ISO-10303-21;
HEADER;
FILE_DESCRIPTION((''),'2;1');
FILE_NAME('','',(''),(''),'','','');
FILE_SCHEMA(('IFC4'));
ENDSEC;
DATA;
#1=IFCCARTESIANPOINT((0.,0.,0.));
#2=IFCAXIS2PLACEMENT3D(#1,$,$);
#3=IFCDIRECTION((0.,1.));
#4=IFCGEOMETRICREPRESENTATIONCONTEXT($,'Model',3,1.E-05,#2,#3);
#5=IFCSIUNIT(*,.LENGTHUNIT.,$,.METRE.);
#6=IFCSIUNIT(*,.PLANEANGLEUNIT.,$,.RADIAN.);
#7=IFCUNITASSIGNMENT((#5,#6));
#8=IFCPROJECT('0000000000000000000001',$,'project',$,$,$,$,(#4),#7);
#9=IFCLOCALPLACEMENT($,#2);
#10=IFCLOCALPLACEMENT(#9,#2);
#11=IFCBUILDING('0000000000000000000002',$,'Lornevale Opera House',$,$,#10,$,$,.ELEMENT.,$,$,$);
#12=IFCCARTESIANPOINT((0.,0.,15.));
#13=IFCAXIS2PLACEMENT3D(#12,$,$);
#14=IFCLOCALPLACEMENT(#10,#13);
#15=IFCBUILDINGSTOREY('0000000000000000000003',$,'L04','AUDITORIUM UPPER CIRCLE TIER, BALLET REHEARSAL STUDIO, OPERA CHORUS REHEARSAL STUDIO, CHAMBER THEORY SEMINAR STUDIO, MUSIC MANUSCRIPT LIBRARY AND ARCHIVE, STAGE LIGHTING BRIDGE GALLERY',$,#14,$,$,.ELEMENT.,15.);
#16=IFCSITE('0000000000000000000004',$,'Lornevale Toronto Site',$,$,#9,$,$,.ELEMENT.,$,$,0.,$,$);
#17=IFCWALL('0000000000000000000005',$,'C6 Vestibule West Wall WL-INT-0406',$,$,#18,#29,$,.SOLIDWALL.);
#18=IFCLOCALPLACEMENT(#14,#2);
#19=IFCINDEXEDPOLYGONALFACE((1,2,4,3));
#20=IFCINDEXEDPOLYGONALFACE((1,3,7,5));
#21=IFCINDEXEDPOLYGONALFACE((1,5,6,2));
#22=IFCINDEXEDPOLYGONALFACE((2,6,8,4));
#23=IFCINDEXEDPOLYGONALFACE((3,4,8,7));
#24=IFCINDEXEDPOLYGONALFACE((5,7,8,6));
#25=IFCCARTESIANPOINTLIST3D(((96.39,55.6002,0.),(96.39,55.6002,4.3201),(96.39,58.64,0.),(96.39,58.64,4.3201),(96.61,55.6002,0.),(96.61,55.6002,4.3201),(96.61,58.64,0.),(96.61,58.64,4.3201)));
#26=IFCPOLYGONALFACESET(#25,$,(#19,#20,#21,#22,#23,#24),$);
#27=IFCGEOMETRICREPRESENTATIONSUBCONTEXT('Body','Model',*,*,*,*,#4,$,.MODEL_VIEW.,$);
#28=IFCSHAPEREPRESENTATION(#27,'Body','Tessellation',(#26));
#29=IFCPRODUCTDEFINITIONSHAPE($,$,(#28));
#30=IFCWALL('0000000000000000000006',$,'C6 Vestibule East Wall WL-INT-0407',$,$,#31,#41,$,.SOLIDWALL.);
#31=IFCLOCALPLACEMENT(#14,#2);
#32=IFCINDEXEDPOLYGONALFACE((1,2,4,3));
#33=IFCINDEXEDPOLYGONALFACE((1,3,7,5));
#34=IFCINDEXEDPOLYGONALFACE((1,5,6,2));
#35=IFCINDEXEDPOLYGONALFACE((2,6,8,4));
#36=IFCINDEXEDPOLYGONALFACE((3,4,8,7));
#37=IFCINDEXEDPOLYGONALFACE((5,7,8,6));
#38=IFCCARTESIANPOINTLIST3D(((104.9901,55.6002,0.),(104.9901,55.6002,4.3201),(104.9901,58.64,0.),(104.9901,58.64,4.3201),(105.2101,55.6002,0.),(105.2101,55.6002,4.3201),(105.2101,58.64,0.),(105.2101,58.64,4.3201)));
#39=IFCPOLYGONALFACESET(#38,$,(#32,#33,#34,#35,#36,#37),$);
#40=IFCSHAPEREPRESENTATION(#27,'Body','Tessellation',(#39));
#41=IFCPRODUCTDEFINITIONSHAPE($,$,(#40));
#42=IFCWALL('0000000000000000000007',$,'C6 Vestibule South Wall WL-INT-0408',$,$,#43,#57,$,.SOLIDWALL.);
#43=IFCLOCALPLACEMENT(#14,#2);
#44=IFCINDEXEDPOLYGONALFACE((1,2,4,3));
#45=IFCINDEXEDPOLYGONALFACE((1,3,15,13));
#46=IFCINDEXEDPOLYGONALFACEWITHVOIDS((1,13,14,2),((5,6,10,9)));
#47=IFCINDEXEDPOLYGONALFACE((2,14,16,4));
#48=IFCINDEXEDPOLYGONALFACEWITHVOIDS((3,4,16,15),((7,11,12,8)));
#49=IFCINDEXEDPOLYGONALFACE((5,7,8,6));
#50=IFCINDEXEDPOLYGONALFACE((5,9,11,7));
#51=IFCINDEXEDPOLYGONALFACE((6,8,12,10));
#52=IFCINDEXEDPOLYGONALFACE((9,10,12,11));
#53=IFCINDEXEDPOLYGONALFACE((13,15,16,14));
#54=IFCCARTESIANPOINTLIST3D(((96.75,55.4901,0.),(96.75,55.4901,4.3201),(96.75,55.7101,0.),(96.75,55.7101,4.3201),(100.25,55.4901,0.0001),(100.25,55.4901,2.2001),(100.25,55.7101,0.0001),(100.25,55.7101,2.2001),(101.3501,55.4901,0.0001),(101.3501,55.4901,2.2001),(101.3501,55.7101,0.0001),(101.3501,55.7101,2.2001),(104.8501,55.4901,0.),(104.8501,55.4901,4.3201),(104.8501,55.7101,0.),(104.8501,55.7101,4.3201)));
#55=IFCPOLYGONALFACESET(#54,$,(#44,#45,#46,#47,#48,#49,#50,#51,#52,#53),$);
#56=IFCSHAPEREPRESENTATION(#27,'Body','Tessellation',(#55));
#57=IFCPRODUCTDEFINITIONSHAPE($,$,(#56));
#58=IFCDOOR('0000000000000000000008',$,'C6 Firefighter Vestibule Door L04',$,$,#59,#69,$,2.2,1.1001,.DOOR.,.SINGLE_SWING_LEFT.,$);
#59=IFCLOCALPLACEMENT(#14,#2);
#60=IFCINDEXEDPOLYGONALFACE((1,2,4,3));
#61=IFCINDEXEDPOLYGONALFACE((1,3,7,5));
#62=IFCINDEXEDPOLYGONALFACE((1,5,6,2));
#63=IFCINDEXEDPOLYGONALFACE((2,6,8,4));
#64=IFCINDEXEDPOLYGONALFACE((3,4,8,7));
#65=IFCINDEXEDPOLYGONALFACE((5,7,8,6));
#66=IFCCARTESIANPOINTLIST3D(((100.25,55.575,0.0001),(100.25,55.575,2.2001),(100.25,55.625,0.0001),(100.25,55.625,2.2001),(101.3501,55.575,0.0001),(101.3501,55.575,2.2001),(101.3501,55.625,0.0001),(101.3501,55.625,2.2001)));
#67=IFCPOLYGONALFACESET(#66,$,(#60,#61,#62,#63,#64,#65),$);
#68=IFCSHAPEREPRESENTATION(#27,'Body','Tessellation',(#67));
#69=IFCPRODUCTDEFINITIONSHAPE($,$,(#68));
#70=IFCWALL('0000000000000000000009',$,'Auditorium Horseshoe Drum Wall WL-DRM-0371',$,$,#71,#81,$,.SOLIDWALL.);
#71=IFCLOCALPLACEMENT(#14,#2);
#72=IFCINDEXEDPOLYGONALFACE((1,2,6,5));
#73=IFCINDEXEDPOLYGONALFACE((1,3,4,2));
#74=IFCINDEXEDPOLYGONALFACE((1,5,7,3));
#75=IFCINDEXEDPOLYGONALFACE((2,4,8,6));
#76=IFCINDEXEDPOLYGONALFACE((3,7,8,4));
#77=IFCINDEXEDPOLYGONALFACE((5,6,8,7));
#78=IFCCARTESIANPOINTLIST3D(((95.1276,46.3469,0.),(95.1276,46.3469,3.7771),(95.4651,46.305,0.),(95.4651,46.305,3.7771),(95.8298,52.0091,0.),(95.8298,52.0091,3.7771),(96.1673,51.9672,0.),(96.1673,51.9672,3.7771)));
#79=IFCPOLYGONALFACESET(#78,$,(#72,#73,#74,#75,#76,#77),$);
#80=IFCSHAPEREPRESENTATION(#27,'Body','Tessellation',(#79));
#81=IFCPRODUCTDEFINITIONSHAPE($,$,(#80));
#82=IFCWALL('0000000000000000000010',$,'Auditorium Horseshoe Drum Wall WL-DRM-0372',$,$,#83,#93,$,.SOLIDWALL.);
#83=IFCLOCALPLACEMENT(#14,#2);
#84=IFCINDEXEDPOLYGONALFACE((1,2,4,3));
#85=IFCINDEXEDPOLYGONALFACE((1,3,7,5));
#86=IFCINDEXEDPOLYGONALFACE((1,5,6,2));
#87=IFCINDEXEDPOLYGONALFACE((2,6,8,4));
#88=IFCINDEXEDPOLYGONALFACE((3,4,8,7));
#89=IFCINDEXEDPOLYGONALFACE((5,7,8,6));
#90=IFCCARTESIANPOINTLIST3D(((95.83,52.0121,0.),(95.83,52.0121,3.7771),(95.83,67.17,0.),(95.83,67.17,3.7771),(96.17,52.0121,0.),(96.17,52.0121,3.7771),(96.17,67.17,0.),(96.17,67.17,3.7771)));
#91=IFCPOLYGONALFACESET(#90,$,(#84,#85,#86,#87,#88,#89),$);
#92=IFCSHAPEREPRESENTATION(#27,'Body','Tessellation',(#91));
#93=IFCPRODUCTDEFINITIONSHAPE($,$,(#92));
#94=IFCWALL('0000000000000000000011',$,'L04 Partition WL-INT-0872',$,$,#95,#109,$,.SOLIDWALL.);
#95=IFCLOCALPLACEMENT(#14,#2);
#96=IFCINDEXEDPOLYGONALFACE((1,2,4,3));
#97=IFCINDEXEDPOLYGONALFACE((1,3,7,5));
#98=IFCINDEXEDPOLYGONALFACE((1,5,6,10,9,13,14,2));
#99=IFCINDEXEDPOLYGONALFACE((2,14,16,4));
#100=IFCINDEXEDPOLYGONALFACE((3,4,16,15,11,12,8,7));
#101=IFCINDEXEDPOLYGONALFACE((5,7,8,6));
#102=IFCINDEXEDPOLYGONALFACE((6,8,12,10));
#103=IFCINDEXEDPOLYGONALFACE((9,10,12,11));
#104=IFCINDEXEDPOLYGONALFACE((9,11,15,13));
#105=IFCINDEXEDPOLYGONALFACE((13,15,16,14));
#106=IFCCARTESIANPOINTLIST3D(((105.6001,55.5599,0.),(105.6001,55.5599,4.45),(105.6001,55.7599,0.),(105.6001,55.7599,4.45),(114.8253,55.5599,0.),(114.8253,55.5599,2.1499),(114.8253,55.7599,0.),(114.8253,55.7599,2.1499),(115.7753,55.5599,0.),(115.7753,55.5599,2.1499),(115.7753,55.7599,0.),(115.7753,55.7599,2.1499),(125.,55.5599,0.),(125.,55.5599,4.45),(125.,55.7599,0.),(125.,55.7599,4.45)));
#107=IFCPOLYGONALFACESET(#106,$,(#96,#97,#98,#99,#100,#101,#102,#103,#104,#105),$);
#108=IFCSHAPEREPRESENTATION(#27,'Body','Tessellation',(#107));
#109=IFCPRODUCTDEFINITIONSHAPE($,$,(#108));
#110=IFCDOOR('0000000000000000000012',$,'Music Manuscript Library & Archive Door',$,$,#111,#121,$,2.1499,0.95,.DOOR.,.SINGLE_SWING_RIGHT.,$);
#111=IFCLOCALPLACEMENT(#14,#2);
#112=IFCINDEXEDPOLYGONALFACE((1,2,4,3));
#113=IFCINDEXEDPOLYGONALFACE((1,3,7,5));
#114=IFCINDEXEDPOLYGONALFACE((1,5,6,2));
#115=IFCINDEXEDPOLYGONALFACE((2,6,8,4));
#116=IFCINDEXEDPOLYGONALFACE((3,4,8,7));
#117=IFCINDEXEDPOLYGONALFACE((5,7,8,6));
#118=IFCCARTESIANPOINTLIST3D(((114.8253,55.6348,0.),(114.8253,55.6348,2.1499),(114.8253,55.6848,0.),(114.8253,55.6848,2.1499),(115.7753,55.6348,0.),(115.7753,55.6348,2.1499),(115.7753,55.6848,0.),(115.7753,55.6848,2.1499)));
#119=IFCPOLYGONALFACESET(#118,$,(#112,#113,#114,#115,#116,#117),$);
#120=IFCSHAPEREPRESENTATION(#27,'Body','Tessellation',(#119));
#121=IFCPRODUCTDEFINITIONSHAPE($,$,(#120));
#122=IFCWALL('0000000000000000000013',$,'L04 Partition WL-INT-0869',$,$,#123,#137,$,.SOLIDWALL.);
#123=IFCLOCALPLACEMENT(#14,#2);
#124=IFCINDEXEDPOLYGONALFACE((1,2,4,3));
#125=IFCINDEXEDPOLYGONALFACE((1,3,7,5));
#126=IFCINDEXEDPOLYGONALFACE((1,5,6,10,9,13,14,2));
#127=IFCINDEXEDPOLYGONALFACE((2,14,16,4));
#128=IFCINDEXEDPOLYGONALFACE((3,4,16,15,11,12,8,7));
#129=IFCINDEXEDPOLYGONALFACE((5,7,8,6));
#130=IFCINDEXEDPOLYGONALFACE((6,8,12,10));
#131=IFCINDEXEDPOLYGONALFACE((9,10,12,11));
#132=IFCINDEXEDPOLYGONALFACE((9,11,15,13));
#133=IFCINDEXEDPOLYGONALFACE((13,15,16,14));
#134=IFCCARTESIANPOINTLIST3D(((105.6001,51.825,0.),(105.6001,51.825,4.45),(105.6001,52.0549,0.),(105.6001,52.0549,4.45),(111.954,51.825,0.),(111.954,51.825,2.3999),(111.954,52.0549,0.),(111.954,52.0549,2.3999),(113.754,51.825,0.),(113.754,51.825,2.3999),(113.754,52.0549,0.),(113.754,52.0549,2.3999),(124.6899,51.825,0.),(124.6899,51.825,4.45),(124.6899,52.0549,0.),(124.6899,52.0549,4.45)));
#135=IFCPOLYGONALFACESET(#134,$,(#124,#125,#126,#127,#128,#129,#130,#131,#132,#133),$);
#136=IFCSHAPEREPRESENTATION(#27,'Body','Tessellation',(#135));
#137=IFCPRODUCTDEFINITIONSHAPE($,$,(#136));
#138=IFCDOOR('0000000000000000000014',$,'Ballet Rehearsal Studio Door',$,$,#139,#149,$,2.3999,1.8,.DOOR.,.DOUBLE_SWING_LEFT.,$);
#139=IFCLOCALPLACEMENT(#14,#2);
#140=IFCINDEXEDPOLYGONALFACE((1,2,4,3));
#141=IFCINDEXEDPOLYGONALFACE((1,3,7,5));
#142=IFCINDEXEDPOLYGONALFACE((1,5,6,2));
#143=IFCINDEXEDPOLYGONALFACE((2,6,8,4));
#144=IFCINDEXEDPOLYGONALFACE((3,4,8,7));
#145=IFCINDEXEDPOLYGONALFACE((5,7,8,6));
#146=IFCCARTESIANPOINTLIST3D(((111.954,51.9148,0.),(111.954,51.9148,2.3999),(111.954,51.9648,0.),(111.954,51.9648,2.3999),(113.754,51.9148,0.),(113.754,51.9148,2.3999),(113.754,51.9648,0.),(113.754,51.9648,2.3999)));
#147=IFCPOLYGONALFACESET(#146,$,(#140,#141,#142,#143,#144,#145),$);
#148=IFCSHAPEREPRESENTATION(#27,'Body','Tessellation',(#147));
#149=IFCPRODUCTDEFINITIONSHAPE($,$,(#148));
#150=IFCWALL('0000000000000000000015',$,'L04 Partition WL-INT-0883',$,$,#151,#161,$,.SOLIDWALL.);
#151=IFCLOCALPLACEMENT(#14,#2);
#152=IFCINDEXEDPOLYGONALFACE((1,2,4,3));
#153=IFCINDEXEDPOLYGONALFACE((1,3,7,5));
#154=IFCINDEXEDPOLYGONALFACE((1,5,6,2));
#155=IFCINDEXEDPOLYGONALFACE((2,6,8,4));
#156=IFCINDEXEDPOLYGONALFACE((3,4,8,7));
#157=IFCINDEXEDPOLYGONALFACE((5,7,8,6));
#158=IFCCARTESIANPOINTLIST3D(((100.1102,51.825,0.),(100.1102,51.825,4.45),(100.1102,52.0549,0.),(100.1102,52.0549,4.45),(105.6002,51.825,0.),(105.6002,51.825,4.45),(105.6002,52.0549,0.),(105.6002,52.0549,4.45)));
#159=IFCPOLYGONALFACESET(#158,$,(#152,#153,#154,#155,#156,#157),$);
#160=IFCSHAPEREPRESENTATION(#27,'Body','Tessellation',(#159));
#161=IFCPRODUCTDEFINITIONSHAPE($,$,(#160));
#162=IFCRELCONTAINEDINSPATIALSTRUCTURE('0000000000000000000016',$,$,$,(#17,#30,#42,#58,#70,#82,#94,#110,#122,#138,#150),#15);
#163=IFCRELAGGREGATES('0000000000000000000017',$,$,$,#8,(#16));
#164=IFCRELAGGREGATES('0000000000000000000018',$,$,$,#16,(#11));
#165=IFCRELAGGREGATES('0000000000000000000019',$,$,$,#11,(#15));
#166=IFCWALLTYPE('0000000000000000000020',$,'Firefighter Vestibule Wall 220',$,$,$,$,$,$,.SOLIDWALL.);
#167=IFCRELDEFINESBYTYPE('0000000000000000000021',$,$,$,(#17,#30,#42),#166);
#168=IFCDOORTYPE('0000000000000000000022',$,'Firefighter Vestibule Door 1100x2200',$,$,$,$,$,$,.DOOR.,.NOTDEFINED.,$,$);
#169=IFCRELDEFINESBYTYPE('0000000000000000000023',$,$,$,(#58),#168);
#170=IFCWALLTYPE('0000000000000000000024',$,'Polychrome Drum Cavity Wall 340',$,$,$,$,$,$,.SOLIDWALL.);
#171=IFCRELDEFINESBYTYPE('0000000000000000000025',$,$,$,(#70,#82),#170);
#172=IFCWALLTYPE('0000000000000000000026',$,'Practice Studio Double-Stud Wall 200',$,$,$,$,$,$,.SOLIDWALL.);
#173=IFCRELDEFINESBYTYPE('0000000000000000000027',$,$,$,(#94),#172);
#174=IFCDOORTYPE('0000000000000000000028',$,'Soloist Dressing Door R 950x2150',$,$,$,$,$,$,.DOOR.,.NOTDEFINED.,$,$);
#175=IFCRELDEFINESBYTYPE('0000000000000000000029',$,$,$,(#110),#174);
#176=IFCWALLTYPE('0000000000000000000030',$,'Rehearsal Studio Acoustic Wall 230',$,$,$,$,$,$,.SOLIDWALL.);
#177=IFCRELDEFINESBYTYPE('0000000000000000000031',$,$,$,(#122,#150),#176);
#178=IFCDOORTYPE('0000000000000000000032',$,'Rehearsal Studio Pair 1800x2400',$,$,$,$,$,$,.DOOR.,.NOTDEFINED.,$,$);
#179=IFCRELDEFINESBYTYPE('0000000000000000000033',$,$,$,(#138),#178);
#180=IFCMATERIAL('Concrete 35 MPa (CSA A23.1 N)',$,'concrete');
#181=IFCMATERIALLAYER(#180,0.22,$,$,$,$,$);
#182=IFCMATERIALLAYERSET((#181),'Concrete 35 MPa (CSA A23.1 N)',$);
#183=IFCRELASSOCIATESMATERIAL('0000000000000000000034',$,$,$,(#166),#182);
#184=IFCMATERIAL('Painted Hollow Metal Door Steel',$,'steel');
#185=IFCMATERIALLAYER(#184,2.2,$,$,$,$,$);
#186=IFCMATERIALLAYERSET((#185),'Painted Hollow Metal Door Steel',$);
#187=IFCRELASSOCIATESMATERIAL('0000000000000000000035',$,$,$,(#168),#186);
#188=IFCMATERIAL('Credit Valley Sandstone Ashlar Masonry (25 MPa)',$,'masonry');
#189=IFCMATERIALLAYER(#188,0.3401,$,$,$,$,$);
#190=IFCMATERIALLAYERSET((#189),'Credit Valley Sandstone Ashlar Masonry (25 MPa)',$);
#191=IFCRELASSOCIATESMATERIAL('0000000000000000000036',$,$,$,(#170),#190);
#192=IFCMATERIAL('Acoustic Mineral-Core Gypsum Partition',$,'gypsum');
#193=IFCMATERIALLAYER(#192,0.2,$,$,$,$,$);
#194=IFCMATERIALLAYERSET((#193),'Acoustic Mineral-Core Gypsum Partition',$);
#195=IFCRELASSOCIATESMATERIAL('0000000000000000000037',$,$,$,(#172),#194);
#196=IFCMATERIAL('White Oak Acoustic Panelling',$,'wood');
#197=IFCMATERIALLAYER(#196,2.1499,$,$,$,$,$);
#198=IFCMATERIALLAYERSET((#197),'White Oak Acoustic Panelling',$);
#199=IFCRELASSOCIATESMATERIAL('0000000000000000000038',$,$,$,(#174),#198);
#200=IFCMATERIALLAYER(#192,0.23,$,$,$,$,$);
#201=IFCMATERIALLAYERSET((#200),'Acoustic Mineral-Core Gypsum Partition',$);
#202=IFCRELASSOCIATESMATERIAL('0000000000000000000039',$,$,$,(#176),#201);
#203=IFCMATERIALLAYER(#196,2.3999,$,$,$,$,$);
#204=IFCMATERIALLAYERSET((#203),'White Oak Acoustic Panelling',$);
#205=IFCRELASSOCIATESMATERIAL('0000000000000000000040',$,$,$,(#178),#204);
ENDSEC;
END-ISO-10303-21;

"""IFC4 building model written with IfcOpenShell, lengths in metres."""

from ifc_helpers import new_model, si_unit, direction, frame, frame_2d, origin, place, context, subcontext, project, spatial, rectangle, extrude, material, layer, layer_set, type_object, element, fill, save


model = new_model("IFC4")

# Units and contexts
model_context = context("Model", 3, precision=1e-05, world=origin(), true_north=direction((0.0, 1.0)))
body_context = subcontext(model_context, "Body", "Model", "MODEL_VIEW")
ifc_project = project(units=[si_unit("LENGTHUNIT", "METRE"), si_unit("PLANEANGLEUNIT", "RADIAN")], contexts=[model_context])

# Site, building, storey
site_placement = place(None, origin())
site = spatial("IfcSite", under=ifc_project, at=site_placement, Name="Lornevale Toronto Site", CompositionType="ELEMENT", RefElevation=0.0)
building_placement = place(site_placement, origin())
building = spatial("IfcBuilding", under=site, at=building_placement, Name="Lornevale Opera House", CompositionType="ELEMENT")
storey_placement = place(building_placement, frame((0.0, 0.0, 15.0)))
storey = spatial("IfcBuildingStorey", under=building, at=storey_placement, Name="L04", Description="AUDITORIUM UPPER CIRCLE TIER, BALLET REHEARSAL STUDIO, OPERA CHORUS REHEARSAL STUDIO, CHAMBER THEORY SEMINAR STUDIO, MUSIC MANUSCRIPT LIBRARY AND ARCHIVE, STAGE LIGHTING BRIDGE GALLERY", CompositionType="ELEMENT", Elevation=15.0)

# Walls
ifc_material_1 = material(Name="Concrete 35 MPa (CSA A23.1 N)", Category="concrete")
ifc_layer_1 = layer(ifc_material_1, 0.22)
ifc_layer_set_1 = layer_set([ifc_layer_1], Name="Concrete 35 MPa (CSA A23.1 N)")
wall_type_1 = type_object("IfcWallType", Name="Firefighter Vestibule Wall 220", PredefinedType="SOLIDWALL", material=ifc_layer_set_1)
for number, where, z_axis, x_axis, name in (
    (1, (96.5, 55.6001, 0.0), (0.0, 0.0, 1.0), (0.0, 1.0, 0.0), "C6 Vestibule West Wall WL-INT-0406"),
    (2, (105.1001, 55.6001, 0.0), (0.0, 0.0, 1.0), (0.0, 1.0, 0.0), "C6 Vestibule East Wall WL-INT-0407"),
):
    element("IfcWall", number, at=place(storey_placement, frame(where, z_axis=z_axis, x_axis=x_axis)), inside=storey, type_object=wall_type_1, Name=name, PredefinedType="SOLIDWALL", context=body_context, shape_type="SweptSolid", body=[
        extrude(rectangle(XDim=3.0398, YDim=0.22, at=frame_2d((1.52, 0.0))), origin(), (0.0, 0.0, 1.0), 4.3201),
    ])

# Wall, opening, door
wall_1_placement = place(storey_placement, frame((96.75, 55.6001, 0.0), z_axis=(0.0, 0.0, 1.0), x_axis=(1.0, 0.0, 0.0)))
wall_1 = element("IfcWall", 3, at=wall_1_placement, inside=storey, type_object=wall_type_1, Name="C6 Vestibule South Wall WL-INT-0408", PredefinedType="SOLIDWALL", context=body_context, shape_type="SweptSolid", body=[
    extrude(rectangle(XDim=8.1001, YDim=0.22, at=frame_2d((4.05, 0.0))), origin(), (0.0, 0.0, 1.0), 4.3201),
])
opening_1_placement = place(wall_1_placement, frame((3.5, 0.0, 0.0)))
opening_1 = element("IfcOpeningElement", 4, at=opening_1_placement, cuts=wall_1, PredefinedType="OPENING", context=body_context, shape_type="SweptSolid", body=[
    extrude(rectangle(XDim=1.1001, YDim=2.2, at=frame_2d((0.55, 1.1001))), frame((0.0, 0.1199, 0.0), z_axis=(0.0, -1.0, 0.0), x_axis=(1.0, 0.0, 0.0)), (0.0, 0.0, 1.0), 0.24),
])
ifc_material_2 = material(Name="Painted Hollow Metal Door Steel", Category="steel")
ifc_layer_2 = layer(ifc_material_2, 2.2)
ifc_layer_set_2 = layer_set([ifc_layer_2], Name="Painted Hollow Metal Door Steel")
door_type_1 = type_object("IfcDoorType", Name="Firefighter Vestibule Door 1100x2200", OperationType="NOTDEFINED", PredefinedType="DOOR", material=ifc_layer_set_2)
door_1_placement = place(opening_1_placement, origin())
door_1 = element("IfcDoor", 5, at=door_1_placement, inside=storey, type_object=door_type_1, Name="C6 Firefighter Vestibule Door L04", OperationType="SINGLE_SWING_LEFT", OverallHeight=2.2, OverallWidth=1.1001, PredefinedType="DOOR", context=body_context, shape_type="SweptSolid", body=[
    extrude(rectangle(XDim=1.1001, YDim=2.2, at=frame_2d((0.55, 1.1001))), frame((0.0, 0.0249, 0.0), z_axis=(0.0, -1.0, 0.0), x_axis=(1.0, 0.0, 0.0)), (0.0, 0.0, 1.0), 0.05),
])
fill(opening_1, door_1)

# Walls
ifc_material_3 = material(Name="Credit Valley Sandstone Ashlar Masonry (25 MPa)", Category="masonry")
ifc_layer_3 = layer(ifc_material_3, 0.3401)
ifc_layer_set_3 = layer_set([ifc_layer_3], Name="Credit Valley Sandstone Ashlar Masonry (25 MPa)")
wall_type_2 = type_object("IfcWallType", Name="Polychrome Drum Cavity Wall 340", PredefinedType="SOLIDWALL", material=ifc_layer_set_3)
wall_2_placement = place(storey_placement, frame((95.2964, 46.3259, 0.0), z_axis=(0.0, 0.0, 1.0), x_axis=(0.123066, 0.992399, 0.0)))
element("IfcWall", 6, at=wall_2_placement, inside=storey, type_object=wall_type_2, Name="Auditorium Horseshoe Drum Wall WL-DRM-0371", PredefinedType="SOLIDWALL", context=body_context, shape_type="SweptSolid", body=[
    extrude(rectangle(XDim=5.7056, YDim=0.3401, at=frame_2d((2.8528, 0.0))), origin(), (0.0, 0.0, 1.0), 3.7771),
])
wall_3_placement = place(storey_placement, frame((96.0, 52.012, 0.0), z_axis=(0.0, 0.0, 1.0), x_axis=(0.0, 1.0, 0.0)))
element("IfcWall", 7, at=wall_3_placement, inside=storey, type_object=wall_type_2, Name="Auditorium Horseshoe Drum Wall WL-DRM-0372", PredefinedType="SOLIDWALL", context=body_context, shape_type="SweptSolid", body=[
    extrude(rectangle(XDim=15.158, YDim=0.3401, at=frame_2d((7.5791, 0.0))), origin(), (0.0, 0.0, 1.0), 3.7771),
])

# Walls, openings, doors
ifc_material_4 = material(Name="Acoustic Mineral-Core Gypsum Partition", Category="gypsum")
ifc_layer_4 = layer(ifc_material_4, 0.2)
ifc_layer_set_4 = layer_set([ifc_layer_4], Name="Acoustic Mineral-Core Gypsum Partition")
wall_type_3 = type_object("IfcWallType", Name="Practice Studio Double-Stud Wall 200", PredefinedType="SOLIDWALL", material=ifc_layer_set_4)
wall_4_placement = place(storey_placement, frame((105.6001, 55.6599, 0.0), z_axis=(0.0, 0.0, 1.0), x_axis=(1.0, 0.0, 0.0)))
wall_4 = element("IfcWall", 8, at=wall_4_placement, inside=storey, type_object=wall_type_3, Name="L04 Partition WL-INT-0872", PredefinedType="SOLIDWALL", context=body_context, shape_type="SweptSolid", body=[
    extrude(rectangle(XDim=19.3999, YDim=0.2, at=frame_2d((9.7, 0.0))), origin(), (0.0, 0.0, 1.0), 4.45),
])
opening_2_placement = place(wall_4_placement, frame((9.2251, 0.0, 0.0)))
opening_2 = element("IfcOpeningElement", 9, at=opening_2_placement, cuts=wall_4, PredefinedType="OPENING", context=body_context, shape_type="SweptSolid", body=[
    extrude(rectangle(XDim=0.95, YDim=2.1499, at=frame_2d((0.4751, 1.075))), frame((0.0, 0.1099, 0.0), z_axis=(0.0, -1.0, 0.0), x_axis=(1.0, 0.0, 0.0)), (0.0, 0.0, 1.0), 0.22),
])
ifc_material_5 = material(Name="White Oak Acoustic Panelling", Category="wood")
ifc_layer_5 = layer(ifc_material_5, 2.1499)
ifc_layer_set_5 = layer_set([ifc_layer_5], Name="White Oak Acoustic Panelling")
door_type_2 = type_object("IfcDoorType", Name="Soloist Dressing Door R 950x2150", OperationType="NOTDEFINED", PredefinedType="DOOR", material=ifc_layer_set_5)
door_2_placement = place(opening_2_placement, origin())
door_2 = element("IfcDoor", 10, at=door_2_placement, inside=storey, type_object=door_type_2, Name="Music Manuscript Library & Archive Door", OperationType="SINGLE_SWING_RIGHT", OverallHeight=2.1499, OverallWidth=0.95, PredefinedType="DOOR", context=body_context, shape_type="SweptSolid", body=[
    extrude(rectangle(XDim=0.95, YDim=2.1499, at=frame_2d((0.4751, 1.075))), frame((0.0, 0.0249, 0.0), z_axis=(0.0, -1.0, 0.0), x_axis=(1.0, 0.0, 0.0)), (0.0, 0.0, 1.0), 0.05),
])
fill(opening_2, door_2)
ifc_layer_6 = layer(ifc_material_4, 0.23)
ifc_layer_set_6 = layer_set([ifc_layer_6], Name="Acoustic Mineral-Core Gypsum Partition")
wall_type_4 = type_object("IfcWallType", Name="Rehearsal Studio Acoustic Wall 230", PredefinedType="SOLIDWALL", material=ifc_layer_set_6)
wall_5_placement = place(storey_placement, frame((105.6001, 51.9399, 0.0), z_axis=(0.0, 0.0, 1.0), x_axis=(1.0, 0.0, 0.0)))
wall_5 = element("IfcWall", 11, at=wall_5_placement, inside=storey, type_object=wall_type_4, Name="L04 Partition WL-INT-0869", PredefinedType="SOLIDWALL", context=body_context, shape_type="SweptSolid", body=[
    extrude(rectangle(XDim=19.0898, YDim=0.23, at=frame_2d((9.5449, 0.0))), origin(), (0.0, 0.0, 1.0), 4.45),
])
opening_3_placement = place(wall_5_placement, frame((6.354, 0.0, 0.0)))
opening_3 = element("IfcOpeningElement", 12, at=opening_3_placement, cuts=wall_5, PredefinedType="OPENING", context=body_context, shape_type="SweptSolid", body=[
    extrude(rectangle(XDim=1.8, YDim=2.3999, at=frame_2d((0.8999, 1.2))), frame((0.0, 0.125, 0.0), z_axis=(0.0, -1.0, 0.0), x_axis=(1.0, 0.0, 0.0)), (0.0, 0.0, 1.0), 0.25),
])
ifc_layer_7 = layer(ifc_material_5, 2.3999)
ifc_layer_set_7 = layer_set([ifc_layer_7], Name="White Oak Acoustic Panelling")
door_type_3 = type_object("IfcDoorType", Name="Rehearsal Studio Pair 1800x2400", OperationType="NOTDEFINED", PredefinedType="DOOR", material=ifc_layer_set_7)
door_3_placement = place(opening_3_placement, origin())
door_3 = element("IfcDoor", 13, at=door_3_placement, inside=storey, type_object=door_type_3, Name="Ballet Rehearsal Studio Door", OperationType="DOUBLE_SWING_LEFT", OverallHeight=2.3999, OverallWidth=1.8, PredefinedType="DOOR", context=body_context, shape_type="SweptSolid", body=[
    extrude(rectangle(XDim=1.8, YDim=2.3999, at=frame_2d((0.8999, 1.2))), frame((0.0, 0.0249, 0.0), z_axis=(0.0, -1.0, 0.0), x_axis=(1.0, 0.0, 0.0)), (0.0, 0.0, 1.0), 0.05),
])
fill(opening_3, door_3)

# Wall
wall_6_placement = place(storey_placement, frame((100.1101, 51.9399, 0.0), z_axis=(0.0, 0.0, 1.0), x_axis=(1.0, 0.0, 0.0)))
element("IfcWall", 14, at=wall_6_placement, inside=storey, type_object=wall_type_4, Name="L04 Partition WL-INT-0883", PredefinedType="SOLIDWALL", context=body_context, shape_type="SweptSolid", body=[
    extrude(rectangle(XDim=5.49, YDim=0.23, at=frame_2d((2.7451, 0.0))), origin(), (0.0, 0.0, 1.0), 4.45),
])

save(model, "model.ifc")
